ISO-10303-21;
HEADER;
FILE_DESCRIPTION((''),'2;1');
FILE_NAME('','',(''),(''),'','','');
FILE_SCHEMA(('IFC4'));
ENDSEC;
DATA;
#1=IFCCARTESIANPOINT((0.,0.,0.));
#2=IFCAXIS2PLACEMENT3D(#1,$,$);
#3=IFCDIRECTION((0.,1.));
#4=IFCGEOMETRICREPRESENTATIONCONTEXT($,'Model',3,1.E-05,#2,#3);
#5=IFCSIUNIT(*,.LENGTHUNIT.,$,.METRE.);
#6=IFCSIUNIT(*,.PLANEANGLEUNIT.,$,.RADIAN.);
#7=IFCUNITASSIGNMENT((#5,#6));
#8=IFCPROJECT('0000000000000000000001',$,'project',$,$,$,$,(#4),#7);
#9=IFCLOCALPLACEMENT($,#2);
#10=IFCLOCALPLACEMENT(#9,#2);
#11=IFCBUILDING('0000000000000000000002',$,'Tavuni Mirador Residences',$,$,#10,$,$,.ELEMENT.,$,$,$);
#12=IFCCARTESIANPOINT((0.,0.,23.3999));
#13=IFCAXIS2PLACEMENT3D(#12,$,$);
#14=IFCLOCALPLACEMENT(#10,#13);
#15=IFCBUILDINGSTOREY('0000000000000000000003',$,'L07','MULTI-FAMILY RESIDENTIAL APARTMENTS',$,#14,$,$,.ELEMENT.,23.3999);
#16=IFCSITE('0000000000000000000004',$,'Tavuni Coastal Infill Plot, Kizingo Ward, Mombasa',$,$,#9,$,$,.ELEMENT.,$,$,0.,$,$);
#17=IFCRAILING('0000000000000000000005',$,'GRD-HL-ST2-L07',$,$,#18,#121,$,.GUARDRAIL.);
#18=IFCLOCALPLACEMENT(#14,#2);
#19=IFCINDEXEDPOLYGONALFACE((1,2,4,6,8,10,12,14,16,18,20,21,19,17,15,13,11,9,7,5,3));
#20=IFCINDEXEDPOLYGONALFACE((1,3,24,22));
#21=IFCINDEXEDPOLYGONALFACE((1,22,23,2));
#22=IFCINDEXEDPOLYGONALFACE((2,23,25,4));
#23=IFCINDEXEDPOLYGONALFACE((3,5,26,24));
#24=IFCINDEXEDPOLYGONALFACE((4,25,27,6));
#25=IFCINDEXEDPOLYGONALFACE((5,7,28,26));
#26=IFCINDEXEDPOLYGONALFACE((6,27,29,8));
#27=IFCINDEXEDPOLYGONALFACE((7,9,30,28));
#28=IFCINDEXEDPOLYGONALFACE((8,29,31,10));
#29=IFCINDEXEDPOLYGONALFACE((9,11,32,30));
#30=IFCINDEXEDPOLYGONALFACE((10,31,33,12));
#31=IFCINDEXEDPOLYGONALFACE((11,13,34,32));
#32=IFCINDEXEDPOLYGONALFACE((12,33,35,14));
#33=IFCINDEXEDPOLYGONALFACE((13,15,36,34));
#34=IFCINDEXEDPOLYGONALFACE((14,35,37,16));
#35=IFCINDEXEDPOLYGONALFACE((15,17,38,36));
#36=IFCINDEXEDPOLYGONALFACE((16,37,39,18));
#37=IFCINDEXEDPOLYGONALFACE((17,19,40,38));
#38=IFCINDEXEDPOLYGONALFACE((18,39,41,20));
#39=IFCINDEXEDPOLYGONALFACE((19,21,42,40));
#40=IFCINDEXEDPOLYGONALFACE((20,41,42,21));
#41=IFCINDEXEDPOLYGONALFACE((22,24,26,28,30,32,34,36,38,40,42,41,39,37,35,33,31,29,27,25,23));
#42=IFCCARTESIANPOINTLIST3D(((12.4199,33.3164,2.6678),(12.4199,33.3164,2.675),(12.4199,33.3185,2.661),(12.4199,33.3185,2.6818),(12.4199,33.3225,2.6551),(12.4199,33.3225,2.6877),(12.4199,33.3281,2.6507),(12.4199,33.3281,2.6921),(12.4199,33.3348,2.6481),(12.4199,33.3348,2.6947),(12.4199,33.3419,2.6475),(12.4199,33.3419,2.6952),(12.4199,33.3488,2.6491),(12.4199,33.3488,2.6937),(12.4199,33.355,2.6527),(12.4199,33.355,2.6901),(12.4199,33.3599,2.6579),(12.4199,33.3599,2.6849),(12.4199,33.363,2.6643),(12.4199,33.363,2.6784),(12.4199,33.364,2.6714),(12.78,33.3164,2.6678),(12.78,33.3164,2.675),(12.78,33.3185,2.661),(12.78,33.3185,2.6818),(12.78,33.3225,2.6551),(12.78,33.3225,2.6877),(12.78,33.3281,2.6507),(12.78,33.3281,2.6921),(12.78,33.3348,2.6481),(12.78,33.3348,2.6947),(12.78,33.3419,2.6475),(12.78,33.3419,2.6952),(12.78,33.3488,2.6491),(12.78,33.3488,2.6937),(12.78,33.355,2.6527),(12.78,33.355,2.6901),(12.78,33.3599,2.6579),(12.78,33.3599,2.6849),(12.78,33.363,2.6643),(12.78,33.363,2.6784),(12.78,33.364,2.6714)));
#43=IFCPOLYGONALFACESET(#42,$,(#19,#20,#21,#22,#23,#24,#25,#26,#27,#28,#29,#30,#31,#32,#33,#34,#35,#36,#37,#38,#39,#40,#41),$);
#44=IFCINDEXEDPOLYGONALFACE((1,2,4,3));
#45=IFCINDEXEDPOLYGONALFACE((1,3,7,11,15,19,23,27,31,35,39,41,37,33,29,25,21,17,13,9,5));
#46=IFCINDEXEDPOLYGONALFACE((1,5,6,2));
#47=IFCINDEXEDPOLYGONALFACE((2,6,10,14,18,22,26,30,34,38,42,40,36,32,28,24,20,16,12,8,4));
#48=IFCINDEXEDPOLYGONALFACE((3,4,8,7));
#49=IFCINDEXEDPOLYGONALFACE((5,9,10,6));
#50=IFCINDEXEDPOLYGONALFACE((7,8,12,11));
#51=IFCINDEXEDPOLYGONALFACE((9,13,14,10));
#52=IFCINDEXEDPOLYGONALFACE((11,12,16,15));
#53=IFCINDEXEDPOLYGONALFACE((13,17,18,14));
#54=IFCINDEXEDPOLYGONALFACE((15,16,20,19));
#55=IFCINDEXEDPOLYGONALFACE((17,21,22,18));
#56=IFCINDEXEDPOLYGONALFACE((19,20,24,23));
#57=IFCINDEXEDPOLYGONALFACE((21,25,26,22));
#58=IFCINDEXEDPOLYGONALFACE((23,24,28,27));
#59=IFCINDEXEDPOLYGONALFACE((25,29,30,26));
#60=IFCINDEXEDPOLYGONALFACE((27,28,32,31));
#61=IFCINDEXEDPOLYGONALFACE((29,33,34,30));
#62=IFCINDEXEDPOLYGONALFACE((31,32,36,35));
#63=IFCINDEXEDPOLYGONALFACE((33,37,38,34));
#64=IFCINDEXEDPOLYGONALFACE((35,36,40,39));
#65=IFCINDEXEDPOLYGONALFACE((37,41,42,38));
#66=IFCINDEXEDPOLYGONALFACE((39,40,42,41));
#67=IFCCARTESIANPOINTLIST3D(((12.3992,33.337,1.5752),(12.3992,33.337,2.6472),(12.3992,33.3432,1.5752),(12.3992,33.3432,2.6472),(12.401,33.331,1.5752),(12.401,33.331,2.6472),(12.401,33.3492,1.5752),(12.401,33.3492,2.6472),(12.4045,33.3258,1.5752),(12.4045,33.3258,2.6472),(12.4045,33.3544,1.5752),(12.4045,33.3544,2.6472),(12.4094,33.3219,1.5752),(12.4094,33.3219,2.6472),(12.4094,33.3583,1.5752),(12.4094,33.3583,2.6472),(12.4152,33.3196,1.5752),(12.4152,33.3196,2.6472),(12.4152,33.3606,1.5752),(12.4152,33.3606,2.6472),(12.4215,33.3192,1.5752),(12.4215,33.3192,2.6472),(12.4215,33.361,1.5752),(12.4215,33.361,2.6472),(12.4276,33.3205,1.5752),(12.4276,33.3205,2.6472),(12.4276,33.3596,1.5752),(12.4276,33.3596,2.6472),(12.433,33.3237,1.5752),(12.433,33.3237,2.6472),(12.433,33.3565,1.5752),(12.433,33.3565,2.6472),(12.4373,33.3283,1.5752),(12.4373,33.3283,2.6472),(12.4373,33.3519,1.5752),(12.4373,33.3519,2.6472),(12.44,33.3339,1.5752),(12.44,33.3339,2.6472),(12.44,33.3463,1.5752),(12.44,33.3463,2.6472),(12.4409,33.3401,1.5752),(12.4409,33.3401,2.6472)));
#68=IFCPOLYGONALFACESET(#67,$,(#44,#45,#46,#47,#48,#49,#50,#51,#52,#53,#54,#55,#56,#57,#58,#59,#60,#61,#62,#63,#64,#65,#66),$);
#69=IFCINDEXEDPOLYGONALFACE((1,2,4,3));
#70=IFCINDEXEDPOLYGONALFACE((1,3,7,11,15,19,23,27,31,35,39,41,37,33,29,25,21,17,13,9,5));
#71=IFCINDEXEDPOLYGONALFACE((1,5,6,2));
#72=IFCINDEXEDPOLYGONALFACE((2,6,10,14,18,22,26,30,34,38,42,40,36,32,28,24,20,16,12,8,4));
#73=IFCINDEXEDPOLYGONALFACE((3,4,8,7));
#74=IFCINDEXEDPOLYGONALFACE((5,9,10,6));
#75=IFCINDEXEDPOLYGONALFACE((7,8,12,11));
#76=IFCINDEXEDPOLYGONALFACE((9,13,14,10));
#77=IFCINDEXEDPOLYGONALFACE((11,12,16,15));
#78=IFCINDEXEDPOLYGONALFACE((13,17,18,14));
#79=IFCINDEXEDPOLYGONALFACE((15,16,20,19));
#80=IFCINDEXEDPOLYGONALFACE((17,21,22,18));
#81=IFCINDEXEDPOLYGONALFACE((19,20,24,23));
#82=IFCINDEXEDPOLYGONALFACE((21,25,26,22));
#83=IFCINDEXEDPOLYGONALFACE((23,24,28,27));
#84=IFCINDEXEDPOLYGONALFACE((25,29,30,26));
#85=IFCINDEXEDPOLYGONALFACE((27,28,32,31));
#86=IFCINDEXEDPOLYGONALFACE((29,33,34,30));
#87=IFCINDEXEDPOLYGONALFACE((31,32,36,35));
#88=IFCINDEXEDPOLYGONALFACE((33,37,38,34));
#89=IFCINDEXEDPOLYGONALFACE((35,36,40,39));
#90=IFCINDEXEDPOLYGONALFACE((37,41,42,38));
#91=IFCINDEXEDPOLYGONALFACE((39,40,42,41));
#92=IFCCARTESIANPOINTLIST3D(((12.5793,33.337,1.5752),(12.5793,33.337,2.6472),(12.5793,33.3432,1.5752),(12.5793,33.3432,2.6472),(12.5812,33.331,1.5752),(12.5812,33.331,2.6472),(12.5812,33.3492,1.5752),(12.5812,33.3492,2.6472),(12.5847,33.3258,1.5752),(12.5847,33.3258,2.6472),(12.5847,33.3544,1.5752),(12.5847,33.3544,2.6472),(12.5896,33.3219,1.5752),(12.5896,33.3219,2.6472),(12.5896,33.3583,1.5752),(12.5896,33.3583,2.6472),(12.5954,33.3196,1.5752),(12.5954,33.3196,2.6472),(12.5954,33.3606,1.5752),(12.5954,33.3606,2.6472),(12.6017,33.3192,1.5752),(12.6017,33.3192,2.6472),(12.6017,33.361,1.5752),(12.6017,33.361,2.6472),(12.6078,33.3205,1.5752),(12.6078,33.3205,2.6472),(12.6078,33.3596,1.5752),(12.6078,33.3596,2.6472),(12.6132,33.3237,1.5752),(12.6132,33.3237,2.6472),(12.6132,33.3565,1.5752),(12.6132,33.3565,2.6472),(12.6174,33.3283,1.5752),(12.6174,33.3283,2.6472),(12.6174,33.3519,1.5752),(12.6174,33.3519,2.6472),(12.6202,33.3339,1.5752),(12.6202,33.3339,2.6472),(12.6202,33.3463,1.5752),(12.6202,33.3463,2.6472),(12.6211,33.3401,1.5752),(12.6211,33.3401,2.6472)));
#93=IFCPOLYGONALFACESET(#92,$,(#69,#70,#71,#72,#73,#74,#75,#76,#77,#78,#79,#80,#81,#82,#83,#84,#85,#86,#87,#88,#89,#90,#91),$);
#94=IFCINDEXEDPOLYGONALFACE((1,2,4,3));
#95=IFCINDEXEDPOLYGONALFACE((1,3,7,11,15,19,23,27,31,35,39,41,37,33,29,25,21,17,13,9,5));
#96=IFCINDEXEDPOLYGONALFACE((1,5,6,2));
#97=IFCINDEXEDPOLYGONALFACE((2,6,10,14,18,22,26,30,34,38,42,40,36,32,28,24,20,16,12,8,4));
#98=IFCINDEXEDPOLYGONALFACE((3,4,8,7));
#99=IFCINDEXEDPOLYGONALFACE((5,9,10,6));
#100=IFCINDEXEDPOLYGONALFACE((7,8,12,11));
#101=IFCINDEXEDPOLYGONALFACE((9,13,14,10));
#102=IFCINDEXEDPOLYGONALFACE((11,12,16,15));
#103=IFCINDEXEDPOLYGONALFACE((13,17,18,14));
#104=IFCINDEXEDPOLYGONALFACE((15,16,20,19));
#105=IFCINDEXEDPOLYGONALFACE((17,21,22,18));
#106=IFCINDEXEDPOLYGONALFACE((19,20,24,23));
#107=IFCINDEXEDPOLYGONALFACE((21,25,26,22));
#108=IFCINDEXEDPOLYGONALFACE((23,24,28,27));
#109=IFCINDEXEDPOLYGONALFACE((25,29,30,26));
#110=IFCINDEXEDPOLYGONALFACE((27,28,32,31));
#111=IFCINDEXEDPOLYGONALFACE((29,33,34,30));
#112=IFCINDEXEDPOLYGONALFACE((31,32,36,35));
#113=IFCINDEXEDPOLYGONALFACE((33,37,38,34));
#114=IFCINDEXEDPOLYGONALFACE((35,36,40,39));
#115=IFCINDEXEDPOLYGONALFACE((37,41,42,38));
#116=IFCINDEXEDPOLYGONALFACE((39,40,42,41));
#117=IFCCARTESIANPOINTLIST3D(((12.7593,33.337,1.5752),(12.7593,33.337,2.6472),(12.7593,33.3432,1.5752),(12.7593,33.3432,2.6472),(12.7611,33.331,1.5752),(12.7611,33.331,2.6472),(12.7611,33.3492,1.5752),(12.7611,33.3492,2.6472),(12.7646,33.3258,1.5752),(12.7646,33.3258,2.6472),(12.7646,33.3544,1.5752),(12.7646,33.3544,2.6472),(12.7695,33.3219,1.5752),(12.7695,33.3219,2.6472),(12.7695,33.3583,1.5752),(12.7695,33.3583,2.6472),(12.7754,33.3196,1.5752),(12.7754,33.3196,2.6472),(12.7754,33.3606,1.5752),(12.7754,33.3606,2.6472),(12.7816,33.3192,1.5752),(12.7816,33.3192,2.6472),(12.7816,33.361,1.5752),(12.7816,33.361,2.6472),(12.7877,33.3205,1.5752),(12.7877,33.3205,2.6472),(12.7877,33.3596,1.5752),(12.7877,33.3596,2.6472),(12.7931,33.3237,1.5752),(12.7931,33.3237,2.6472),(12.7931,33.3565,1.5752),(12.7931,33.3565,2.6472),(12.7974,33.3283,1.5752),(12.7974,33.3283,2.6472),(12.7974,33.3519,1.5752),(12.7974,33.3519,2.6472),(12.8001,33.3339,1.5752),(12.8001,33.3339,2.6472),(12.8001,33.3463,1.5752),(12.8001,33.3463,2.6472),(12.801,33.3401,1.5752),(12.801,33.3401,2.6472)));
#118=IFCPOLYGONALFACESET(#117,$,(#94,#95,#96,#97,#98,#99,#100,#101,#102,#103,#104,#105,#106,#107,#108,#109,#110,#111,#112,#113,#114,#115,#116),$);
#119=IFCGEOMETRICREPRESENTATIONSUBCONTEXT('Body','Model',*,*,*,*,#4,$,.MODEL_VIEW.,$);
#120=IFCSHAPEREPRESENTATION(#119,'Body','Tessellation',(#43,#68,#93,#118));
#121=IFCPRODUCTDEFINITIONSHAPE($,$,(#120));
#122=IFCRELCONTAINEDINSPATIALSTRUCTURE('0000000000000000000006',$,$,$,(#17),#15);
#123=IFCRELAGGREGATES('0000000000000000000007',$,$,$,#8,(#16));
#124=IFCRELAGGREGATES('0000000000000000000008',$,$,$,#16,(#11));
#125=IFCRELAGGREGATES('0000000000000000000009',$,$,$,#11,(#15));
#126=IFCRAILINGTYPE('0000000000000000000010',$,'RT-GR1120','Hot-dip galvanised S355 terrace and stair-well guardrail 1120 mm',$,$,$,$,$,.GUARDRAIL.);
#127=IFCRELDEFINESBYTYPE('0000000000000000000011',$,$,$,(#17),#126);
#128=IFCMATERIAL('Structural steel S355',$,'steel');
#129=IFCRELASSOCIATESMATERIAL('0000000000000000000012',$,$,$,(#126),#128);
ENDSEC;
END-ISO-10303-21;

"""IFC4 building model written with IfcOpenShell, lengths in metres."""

from ifc_helpers import new_model, si_unit, direction, frame, origin, origin_2d, place, context, subcontext, project, spatial, circle, extrude, material, type_object, element, save


model = new_model("IFC4")

# Units and contexts
model_context = context("Model", 3, precision=1e-05, world=origin(), true_north=direction((0.0, 1.0)))
body_context = subcontext(model_context, "Body", "Model", "MODEL_VIEW")
ifc_project = project(units=[si_unit("LENGTHUNIT", "METRE"), si_unit("PLANEANGLEUNIT", "RADIAN")], contexts=[model_context])

# Site, building, storey
site_placement = place(None, origin())
site = spatial("IfcSite", under=ifc_project, at=site_placement, Name="Tavuni Coastal Infill Plot, Kizingo Ward, Mombasa", CompositionType="ELEMENT", RefElevation=0.0)
building_placement = place(site_placement, origin())
building = spatial("IfcBuilding", under=site, at=building_placement, Name="Tavuni Mirador Residences", CompositionType="ELEMENT")
storey_placement = place(building_placement, frame((0.0, 0.0, 23.3999)))
storey = spatial("IfcBuildingStorey", under=building, at=storey_placement, Name="L07", Description="MULTI-FAMILY RESIDENTIAL APARTMENTS", CompositionType="ELEMENT", Elevation=23.3999)

# Shared definitions
ifc_material_1 = material(Name="Structural steel S355", Category="steel")

# Railing
railing_type_1 = type_object("IfcRailingType", Name="RT-GR1120", Description="Hot-dip galvanised S355 terrace and stair-well guardrail 1120 mm", PredefinedType="GUARDRAIL", material=ifc_material_1)
railing_1_placement = place(storey_placement, frame((12.4199, 33.3401, 1.5752)))
element("IfcRailing", 1, at=railing_1_placement, inside=storey, type_object=railing_type_1, Name="GRD-HL-ST2-L07", PredefinedType="GUARDRAIL", context=body_context, shape_type="SweptSolid", body=[
    extrude(circle(Radius=0.0239, at=origin_2d()), frame((0.0, 0.0, 1.0962), z_axis=(1.0, 0.0, 0.0), x_axis=(0.0, 1.0, 0.0)), (0.0, 0.0, 1.0), 0.3601),
    extrude(circle(Radius=0.021, at=origin_2d()), origin(), (0.0, 0.0, 1.0), 1.072),
    extrude(circle(Radius=0.021, at=origin_2d()), frame((0.1802, 0.0, 0.0)), (0.0, 0.0, 1.0), 1.072),
    extrude(circle(Radius=0.021, at=origin_2d()), frame((0.3601, 0.0, 0.0)), (0.0, 0.0, 1.0), 1.072),
])

save(model, "model.ifc")
